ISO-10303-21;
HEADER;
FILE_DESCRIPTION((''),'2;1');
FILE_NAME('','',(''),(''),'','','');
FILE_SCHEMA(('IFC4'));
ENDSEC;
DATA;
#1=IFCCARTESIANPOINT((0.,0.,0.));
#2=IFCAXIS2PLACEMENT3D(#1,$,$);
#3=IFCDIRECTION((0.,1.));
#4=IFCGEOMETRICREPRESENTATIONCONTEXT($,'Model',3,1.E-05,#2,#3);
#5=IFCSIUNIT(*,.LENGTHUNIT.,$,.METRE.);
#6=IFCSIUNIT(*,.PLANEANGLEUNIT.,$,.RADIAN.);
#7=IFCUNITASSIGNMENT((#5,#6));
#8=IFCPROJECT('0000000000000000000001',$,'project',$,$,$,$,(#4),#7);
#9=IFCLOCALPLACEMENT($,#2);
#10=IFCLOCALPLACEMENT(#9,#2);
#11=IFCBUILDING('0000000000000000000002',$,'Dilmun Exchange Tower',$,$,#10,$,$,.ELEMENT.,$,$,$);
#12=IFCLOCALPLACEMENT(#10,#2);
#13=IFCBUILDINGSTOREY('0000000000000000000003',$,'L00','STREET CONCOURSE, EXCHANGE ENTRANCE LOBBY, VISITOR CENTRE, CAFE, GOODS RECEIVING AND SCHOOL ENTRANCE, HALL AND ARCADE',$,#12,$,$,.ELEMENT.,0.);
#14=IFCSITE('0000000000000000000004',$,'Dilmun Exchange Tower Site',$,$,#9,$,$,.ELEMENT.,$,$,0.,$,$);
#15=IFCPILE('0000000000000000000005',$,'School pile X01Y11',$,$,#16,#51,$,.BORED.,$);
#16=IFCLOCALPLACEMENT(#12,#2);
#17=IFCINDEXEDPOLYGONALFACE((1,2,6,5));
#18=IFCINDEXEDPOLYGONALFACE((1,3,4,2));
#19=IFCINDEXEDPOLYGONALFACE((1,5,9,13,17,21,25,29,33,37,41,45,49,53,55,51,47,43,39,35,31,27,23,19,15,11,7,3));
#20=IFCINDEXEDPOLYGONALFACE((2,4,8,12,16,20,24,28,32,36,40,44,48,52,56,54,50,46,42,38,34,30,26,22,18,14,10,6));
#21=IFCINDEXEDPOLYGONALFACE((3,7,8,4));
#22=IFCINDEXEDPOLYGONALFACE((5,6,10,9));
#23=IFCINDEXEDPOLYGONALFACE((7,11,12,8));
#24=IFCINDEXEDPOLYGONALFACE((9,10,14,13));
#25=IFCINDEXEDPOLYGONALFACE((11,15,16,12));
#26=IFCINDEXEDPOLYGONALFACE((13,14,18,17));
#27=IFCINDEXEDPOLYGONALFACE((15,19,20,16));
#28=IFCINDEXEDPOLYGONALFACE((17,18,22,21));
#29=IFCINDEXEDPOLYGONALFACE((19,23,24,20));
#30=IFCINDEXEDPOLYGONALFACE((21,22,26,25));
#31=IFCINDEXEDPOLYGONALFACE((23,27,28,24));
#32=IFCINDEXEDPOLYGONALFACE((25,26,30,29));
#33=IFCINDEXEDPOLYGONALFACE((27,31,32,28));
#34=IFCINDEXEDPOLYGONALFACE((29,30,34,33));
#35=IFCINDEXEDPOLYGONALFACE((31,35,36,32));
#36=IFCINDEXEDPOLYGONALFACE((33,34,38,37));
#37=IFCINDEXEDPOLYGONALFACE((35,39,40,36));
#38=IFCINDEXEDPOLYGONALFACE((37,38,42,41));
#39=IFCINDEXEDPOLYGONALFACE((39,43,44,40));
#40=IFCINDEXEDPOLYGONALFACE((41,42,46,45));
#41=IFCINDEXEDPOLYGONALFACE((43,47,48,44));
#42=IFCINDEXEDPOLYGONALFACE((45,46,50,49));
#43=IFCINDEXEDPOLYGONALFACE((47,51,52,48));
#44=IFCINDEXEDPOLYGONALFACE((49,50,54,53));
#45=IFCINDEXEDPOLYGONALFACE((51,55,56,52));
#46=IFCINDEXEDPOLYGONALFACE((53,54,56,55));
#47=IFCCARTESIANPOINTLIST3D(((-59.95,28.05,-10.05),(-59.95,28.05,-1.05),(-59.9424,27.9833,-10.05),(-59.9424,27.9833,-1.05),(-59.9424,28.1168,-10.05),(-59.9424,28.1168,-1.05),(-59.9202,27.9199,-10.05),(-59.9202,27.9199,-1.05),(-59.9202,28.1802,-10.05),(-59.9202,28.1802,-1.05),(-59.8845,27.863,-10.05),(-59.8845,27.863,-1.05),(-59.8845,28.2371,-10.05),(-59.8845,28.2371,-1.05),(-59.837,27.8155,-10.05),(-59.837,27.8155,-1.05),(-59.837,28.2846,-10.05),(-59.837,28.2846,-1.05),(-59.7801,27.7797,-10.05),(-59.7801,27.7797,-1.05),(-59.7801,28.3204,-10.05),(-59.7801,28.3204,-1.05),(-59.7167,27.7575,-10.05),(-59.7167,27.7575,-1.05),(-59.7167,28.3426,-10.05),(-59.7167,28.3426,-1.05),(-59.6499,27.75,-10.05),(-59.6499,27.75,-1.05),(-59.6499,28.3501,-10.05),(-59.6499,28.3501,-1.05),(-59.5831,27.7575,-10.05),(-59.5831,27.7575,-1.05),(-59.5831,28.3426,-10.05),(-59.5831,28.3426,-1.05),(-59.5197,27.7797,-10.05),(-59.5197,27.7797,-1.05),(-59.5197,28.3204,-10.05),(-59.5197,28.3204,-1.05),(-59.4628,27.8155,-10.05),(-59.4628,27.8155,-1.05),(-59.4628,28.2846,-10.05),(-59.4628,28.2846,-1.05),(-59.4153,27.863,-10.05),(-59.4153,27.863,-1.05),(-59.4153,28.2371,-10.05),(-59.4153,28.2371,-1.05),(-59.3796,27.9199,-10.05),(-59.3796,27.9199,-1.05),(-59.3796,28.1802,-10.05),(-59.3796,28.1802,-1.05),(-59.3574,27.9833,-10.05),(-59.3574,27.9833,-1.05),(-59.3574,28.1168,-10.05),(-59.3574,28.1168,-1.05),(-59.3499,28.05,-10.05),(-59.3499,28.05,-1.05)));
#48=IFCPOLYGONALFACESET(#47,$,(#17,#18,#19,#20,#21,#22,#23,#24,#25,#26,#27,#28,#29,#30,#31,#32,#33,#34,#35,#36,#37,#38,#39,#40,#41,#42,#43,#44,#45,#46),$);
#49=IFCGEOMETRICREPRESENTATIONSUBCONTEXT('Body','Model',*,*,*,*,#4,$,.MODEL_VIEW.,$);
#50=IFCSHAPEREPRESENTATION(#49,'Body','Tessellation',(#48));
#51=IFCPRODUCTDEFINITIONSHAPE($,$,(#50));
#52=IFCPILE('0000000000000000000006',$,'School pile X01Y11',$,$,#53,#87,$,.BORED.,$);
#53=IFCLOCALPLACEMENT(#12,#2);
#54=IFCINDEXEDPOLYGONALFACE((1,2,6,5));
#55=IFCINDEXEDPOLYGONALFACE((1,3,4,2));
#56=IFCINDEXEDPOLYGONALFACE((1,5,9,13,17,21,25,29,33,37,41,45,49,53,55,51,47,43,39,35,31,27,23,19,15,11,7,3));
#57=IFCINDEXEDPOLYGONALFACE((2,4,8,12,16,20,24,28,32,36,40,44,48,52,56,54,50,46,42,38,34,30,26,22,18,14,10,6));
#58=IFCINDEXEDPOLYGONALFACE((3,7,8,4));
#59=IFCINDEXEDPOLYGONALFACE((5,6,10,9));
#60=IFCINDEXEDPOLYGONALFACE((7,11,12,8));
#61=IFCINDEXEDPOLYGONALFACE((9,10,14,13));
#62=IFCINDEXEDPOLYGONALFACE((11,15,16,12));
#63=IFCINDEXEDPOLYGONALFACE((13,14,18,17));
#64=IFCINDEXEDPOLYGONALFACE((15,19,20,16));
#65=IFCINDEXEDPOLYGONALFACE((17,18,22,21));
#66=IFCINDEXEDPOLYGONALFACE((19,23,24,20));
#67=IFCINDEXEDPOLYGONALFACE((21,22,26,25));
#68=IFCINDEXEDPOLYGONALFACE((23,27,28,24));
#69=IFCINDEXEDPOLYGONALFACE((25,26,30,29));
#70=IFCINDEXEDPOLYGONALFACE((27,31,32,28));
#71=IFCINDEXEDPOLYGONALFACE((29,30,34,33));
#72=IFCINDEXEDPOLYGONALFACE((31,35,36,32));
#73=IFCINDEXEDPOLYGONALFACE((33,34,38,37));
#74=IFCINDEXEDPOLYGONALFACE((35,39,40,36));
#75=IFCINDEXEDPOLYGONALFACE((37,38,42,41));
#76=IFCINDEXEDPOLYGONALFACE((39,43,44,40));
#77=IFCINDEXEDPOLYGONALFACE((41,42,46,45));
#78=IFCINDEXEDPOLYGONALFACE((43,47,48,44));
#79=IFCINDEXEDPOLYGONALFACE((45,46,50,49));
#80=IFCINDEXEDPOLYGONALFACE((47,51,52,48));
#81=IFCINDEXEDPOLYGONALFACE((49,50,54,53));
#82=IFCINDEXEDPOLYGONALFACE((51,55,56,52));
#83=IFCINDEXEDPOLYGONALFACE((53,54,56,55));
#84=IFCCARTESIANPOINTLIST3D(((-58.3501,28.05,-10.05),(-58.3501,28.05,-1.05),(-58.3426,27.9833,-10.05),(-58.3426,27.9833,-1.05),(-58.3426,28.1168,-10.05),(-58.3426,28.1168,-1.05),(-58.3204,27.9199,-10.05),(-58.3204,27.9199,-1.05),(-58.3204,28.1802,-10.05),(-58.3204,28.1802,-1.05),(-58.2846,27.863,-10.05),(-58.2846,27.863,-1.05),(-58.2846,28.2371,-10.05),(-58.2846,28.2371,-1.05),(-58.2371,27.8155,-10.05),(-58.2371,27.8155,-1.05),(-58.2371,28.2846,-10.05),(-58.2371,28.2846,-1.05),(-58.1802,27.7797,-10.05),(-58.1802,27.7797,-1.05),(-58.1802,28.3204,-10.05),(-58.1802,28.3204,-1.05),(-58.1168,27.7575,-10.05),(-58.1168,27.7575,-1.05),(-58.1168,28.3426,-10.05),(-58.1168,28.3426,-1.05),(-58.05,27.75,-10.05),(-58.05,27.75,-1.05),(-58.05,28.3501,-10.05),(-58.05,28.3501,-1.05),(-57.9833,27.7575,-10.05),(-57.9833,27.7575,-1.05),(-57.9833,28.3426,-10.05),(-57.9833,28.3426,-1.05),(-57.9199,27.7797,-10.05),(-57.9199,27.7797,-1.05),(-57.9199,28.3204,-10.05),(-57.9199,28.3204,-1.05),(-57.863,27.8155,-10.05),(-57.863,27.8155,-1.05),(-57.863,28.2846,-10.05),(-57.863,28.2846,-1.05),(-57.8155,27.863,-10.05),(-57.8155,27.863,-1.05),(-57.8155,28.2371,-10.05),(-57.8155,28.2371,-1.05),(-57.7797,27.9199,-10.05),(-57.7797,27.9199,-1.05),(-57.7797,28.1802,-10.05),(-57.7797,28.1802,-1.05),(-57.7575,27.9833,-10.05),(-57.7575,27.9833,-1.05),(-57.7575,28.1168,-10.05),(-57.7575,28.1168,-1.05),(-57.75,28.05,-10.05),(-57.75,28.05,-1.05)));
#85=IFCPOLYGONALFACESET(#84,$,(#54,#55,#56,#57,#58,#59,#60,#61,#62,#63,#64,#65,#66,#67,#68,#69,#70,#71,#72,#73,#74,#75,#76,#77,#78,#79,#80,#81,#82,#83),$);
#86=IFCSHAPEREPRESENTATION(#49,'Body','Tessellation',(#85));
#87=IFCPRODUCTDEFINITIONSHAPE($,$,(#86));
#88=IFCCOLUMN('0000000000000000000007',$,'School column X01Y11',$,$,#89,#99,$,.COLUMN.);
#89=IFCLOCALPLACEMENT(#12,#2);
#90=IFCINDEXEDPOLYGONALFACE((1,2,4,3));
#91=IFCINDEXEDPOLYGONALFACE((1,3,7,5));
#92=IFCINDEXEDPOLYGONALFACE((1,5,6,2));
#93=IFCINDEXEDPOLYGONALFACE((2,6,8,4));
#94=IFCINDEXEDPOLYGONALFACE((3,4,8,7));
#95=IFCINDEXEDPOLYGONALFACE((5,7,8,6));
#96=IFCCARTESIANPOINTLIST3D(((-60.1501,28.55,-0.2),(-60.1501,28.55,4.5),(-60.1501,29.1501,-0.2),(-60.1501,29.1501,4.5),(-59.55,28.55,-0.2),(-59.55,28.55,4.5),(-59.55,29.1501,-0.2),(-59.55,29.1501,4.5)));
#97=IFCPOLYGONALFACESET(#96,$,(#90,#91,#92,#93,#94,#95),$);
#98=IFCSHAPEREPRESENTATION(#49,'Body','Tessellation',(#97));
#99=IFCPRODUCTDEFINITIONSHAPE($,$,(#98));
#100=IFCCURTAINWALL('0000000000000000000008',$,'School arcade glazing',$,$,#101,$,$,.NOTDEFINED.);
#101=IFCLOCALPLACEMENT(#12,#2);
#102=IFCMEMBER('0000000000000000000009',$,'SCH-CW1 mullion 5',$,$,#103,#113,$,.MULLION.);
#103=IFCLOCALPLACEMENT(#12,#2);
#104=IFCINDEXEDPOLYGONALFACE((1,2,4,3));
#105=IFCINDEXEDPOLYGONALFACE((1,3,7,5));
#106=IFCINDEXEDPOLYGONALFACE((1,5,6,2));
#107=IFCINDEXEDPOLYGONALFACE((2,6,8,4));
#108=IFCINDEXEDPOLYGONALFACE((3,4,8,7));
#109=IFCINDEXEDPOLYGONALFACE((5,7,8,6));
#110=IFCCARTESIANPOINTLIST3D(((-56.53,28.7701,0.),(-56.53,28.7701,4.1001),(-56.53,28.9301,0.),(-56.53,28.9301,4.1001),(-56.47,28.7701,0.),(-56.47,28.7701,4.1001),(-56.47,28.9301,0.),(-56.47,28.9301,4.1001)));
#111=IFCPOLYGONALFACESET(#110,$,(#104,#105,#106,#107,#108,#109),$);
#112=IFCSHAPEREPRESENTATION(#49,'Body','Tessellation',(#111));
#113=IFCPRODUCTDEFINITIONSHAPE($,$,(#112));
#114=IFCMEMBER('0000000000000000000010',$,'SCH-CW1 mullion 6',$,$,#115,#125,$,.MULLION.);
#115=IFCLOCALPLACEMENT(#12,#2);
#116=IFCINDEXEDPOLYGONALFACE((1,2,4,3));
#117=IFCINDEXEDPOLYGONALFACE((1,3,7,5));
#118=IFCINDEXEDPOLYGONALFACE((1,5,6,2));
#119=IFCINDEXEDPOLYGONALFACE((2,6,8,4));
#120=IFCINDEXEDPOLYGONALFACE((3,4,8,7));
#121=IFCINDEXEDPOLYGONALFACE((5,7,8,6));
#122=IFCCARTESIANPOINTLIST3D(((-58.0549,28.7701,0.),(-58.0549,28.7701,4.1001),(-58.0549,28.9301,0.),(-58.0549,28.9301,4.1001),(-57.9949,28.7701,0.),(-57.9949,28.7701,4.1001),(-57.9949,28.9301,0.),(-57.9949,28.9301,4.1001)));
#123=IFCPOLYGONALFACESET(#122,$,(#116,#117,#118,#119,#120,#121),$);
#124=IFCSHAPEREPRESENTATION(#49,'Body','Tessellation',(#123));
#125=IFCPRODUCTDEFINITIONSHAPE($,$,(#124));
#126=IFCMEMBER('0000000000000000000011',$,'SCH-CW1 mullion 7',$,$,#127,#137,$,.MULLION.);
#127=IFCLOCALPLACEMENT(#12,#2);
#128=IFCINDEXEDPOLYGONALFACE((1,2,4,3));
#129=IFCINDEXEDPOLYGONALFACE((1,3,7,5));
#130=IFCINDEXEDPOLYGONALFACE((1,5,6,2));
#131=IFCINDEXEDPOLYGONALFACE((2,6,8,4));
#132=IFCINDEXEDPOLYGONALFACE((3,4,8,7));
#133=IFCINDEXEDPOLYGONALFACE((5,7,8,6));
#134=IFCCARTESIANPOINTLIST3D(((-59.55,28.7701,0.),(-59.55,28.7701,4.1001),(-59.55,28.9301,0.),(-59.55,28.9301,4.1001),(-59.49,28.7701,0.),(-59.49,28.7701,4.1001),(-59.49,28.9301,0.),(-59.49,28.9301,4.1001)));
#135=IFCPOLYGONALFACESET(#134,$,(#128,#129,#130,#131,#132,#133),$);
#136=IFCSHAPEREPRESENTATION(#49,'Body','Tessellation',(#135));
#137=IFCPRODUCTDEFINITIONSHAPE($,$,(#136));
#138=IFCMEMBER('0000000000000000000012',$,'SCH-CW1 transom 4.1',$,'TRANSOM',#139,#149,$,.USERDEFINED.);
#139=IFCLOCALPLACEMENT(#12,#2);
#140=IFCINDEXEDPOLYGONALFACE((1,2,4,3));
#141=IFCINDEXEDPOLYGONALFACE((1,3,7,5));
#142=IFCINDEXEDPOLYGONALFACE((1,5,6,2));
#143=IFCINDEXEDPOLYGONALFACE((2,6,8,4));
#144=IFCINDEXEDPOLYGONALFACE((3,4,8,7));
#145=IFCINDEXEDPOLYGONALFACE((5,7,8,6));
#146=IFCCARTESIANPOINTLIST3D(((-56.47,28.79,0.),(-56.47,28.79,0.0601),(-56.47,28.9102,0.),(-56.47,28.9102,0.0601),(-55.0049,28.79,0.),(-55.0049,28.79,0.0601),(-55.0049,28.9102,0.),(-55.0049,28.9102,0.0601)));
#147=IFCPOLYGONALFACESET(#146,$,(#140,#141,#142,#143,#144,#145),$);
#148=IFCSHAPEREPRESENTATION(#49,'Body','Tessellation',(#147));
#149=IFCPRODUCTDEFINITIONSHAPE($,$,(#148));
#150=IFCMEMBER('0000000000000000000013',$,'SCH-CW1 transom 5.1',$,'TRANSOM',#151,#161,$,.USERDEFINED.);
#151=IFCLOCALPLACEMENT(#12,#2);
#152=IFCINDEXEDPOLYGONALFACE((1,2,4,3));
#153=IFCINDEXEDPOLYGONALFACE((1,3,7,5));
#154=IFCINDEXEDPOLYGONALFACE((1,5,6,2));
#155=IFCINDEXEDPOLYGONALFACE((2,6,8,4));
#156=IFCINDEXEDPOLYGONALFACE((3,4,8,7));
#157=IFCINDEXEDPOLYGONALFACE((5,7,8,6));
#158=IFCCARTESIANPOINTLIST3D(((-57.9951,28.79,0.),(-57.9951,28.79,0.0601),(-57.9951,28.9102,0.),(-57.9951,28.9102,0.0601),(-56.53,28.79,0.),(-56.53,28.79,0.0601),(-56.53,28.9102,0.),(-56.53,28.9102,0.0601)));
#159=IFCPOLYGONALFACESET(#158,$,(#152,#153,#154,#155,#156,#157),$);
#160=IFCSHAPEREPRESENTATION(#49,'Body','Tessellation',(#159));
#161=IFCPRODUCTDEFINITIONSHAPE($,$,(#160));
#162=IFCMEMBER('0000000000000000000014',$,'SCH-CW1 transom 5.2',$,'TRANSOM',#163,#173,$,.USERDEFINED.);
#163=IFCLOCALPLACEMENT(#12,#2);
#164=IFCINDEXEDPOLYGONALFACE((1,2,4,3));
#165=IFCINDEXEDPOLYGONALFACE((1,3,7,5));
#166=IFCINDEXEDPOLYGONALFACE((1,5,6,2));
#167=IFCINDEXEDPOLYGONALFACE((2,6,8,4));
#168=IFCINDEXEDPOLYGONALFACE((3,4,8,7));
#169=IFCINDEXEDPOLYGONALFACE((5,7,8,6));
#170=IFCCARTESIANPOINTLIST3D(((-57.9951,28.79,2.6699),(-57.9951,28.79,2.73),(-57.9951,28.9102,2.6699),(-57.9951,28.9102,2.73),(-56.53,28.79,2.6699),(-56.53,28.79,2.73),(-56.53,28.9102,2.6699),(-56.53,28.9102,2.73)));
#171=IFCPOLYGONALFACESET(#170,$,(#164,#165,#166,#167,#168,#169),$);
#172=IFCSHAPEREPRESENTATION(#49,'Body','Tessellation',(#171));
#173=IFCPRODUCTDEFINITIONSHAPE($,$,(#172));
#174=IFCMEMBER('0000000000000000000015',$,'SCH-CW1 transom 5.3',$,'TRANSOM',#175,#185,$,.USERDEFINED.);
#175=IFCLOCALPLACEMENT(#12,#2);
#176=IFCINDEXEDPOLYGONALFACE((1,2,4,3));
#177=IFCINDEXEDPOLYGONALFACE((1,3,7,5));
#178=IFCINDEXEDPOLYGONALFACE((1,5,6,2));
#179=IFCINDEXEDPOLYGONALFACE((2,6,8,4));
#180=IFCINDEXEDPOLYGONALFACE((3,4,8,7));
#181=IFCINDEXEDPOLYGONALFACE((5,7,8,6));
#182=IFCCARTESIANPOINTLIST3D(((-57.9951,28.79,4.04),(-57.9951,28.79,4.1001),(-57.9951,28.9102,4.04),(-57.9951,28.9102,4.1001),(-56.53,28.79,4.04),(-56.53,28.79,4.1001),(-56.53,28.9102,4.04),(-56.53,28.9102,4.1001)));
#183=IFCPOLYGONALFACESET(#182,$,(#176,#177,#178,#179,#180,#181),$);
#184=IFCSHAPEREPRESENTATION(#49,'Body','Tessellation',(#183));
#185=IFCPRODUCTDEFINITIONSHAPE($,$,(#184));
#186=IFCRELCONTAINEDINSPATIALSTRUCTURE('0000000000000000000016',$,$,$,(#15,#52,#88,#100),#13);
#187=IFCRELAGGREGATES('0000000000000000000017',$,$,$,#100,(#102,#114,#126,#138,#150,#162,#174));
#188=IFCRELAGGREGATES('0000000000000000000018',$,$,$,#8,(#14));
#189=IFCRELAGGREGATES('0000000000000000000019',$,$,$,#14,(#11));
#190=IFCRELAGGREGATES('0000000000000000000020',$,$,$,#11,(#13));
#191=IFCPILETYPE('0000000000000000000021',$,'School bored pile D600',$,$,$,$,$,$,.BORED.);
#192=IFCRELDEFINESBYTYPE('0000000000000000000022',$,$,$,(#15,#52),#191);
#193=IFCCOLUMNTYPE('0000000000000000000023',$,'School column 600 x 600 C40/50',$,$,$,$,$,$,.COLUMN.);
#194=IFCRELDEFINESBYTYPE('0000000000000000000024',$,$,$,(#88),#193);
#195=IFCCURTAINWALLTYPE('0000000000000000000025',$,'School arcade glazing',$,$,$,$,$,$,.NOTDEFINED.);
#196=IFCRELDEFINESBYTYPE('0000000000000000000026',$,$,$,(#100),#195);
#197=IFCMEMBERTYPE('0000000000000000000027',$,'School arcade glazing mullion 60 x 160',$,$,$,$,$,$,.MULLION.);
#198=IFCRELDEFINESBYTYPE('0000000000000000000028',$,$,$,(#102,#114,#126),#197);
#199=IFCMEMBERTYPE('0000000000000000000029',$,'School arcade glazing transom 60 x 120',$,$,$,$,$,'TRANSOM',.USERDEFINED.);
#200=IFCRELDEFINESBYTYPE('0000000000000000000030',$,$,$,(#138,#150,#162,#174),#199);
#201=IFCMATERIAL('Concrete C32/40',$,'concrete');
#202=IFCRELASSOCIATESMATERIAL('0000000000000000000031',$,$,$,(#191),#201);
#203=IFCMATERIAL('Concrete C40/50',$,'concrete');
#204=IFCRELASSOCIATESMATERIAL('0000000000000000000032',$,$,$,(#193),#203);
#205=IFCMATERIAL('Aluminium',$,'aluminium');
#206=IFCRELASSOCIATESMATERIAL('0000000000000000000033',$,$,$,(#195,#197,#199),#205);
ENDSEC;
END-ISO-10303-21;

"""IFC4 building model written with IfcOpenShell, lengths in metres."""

from ifc_helpers import new_model, si_unit, direction, frame, origin, origin_2d, place, context, subcontext, project, spatial, rectangle, circle, extrude, material, material_profile, profile_set, type_object, element, aggregate, save


model = new_model("IFC4")

# Units and contexts
model_context = context("Model", 3, precision=1e-05, world=origin(), true_north=direction((0.0, 1.0)))
body_context = subcontext(model_context, "Body", "Model", "MODEL_VIEW")
ifc_project = project(units=[si_unit("LENGTHUNIT", "METRE"), si_unit("PLANEANGLEUNIT", "RADIAN")], contexts=[model_context])

# Site, building, storey
site_placement = place(None, origin())
site = spatial("IfcSite", under=ifc_project, at=site_placement, Name="Dilmun Exchange Tower Site", CompositionType="ELEMENT", RefElevation=0.0)
building_placement = place(site_placement, origin())
building = spatial("IfcBuilding", under=site, at=building_placement, Name="Dilmun Exchange Tower", CompositionType="ELEMENT")
storey_placement = place(building_placement, origin())
storey = spatial("IfcBuildingStorey", under=building, at=storey_placement, Name="L00", Description="STREET CONCOURSE, EXCHANGE ENTRANCE LOBBY, VISITOR CENTRE, CAFE, GOODS RECEIVING AND SCHOOL ENTRANCE, HALL AND ARCADE", CompositionType="ELEMENT", Elevation=0.0)

# Piles
ifc_material_1 = material(Name="Concrete C32/40", Category="concrete")
ifc_material_profile_1 = material_profile(ifc_material_1, circle(Radius=0.3, at=origin_2d()), Name="D600")
ifc_profile_set_1 = profile_set([ifc_material_profile_1], Name="Concrete C32/40")
pile_type = type_object("IfcPileType", Name="School bored pile D600", PredefinedType="BORED", material=ifc_profile_set_1)
for number, where, z_axis, x_axis, name in (
    (1, (-59.6499, 28.05, -1.05), (0.0, 0.0, -1.0), (1.0, 0.0, 0.0), "School pile X01Y11"),
    (2, (-58.05, 28.05, -1.05), (0.0, 0.0, -1.0), (1.0, 0.0, 0.0), "School pile X01Y11"),
):
    element("IfcPile", number, at=place(storey_placement, frame(where, z_axis=z_axis, x_axis=x_axis)), inside=storey, type_object=pile_type, Name=name, PredefinedType="BORED", context=body_context, shape_type="SweptSolid", body=[
        extrude(circle(Radius=0.3, at=origin_2d()), origin(), (0.0, 0.0, 1.0), 9.0),
    ])

# Column
ifc_material_2 = material(Name="Concrete C40/50", Category="concrete")
ifc_material_profile_2 = material_profile(ifc_material_2, rectangle(XDim=0.6001, YDim=0.6001, at=origin_2d()), Name="600 x 600")
ifc_profile_set_2 = profile_set([ifc_material_profile_2], Name="Concrete C40/50")
column_type = type_object("IfcColumnType", Name="School column 600 x 600 C40/50", PredefinedType="COLUMN", material=ifc_profile_set_2)
column_placement = place(storey_placement, frame((-59.8501, 28.8501, -0.2), z_axis=(0.0, 0.0, 1.0), x_axis=(1.0, 0.0, 0.0)))
element("IfcColumn", 3, at=column_placement, inside=storey, type_object=column_type, Name="School column X01Y11", PredefinedType="COLUMN", context=body_context, shape_type="SweptSolid", body=[
    extrude(rectangle(XDim=0.6001, YDim=0.6001, at=origin_2d()), origin(), (0.0, 0.0, 1.0), 4.7),
])

# Curtain wall, members
ifc_material_3 = material(Name="Aluminium", Category="aluminium")
curtain_wall_type = type_object("IfcCurtainWallType", Name="School arcade glazing", PredefinedType="NOTDEFINED", material=ifc_material_3)
curtain_wall_placement = place(storey_placement, origin())
curtain_wall = element("IfcCurtainWall", 4, at=curtain_wall_placement, inside=storey, type_object=curtain_wall_type, Name="School arcade glazing", PredefinedType="NOTDEFINED")
ifc_material_profile_3 = material_profile(ifc_material_3, rectangle(XDim=0.1599, YDim=0.0601, at=origin_2d()), Name="60 x 160")
ifc_profile_set_3 = profile_set([ifc_material_profile_3], Name="Aluminium")
member_type_1 = type_object("IfcMemberType", Name="School arcade glazing mullion 60 x 160", PredefinedType="MULLION", material=ifc_profile_set_3)
member_1_placement = place(storey_placement, frame((-56.5, 28.8501, 0.0), z_axis=(0.0, 0.0, 1.0), x_axis=(0.0, -1.0, 0.0)))
member_1 = element("IfcMember", 5, at=member_1_placement, type_object=member_type_1, Name="SCH-CW1 mullion 5", PredefinedType="MULLION", context=body_context, shape_type="SweptSolid", body=[
    extrude(rectangle(XDim=0.1599, YDim=0.0601, at=origin_2d()), origin(), (0.0, 0.0, 1.0), 4.1001),
])
member_2_placement = place(storey_placement, frame((-58.0249, 28.8501, 0.0), z_axis=(0.0, 0.0, 1.0), x_axis=(0.0, -1.0, 0.0)))
member_2 = element("IfcMember", 6, at=member_2_placement, type_object=member_type_1, Name="SCH-CW1 mullion 6", PredefinedType="MULLION", context=body_context, shape_type="SweptSolid", body=[
    extrude(rectangle(XDim=0.1599, YDim=0.0601, at=origin_2d()), origin(), (0.0, 0.0, 1.0), 4.1001),
])
member_3_placement = place(storey_placement, frame((-59.52, 28.8501, 0.0), z_axis=(0.0, 0.0, 1.0), x_axis=(0.0, -1.0, 0.0)))
member_3 = element("IfcMember", 7, at=member_3_placement, type_object=member_type_1, Name="SCH-CW1 mullion 7", PredefinedType="MULLION", context=body_context, shape_type="SweptSolid", body=[
    extrude(rectangle(XDim=0.1599, YDim=0.0601, at=origin_2d()), origin(), (0.0, 0.0, 1.0), 4.1001),
])
ifc_material_profile_4 = material_profile(ifc_material_3, rectangle(XDim=0.1201, YDim=0.0601, at=origin_2d()), Name="60 x 120")
ifc_profile_set_4 = profile_set([ifc_material_profile_4], Name="Aluminium")
member_type_2 = type_object("IfcMemberType", Name="School arcade glazing transom 60 x 120", ElementType="TRANSOM", PredefinedType="USERDEFINED", material=ifc_profile_set_4)
member_4_placement = place(storey_placement, frame((-55.0049, 28.8501, 0.03), z_axis=(-1.0, 0.0, 0.0), x_axis=(0.0, -1.0, 0.0)))
member_4 = element("IfcMember", 8, at=member_4_placement, type_object=member_type_2, Name="SCH-CW1 transom 4.1", ObjectType="TRANSOM", PredefinedType="USERDEFINED", context=body_context, shape_type="SweptSolid", body=[
    extrude(rectangle(XDim=0.1201, YDim=0.0601, at=origin_2d()), origin(), (0.0, 0.0, 1.0), 1.4651),
])
member_5_placement = place(storey_placement, frame((-56.53, 28.8501, 0.03), z_axis=(-1.0, 0.0, 0.0), x_axis=(0.0, -1.0, 0.0)))
member_5 = element("IfcMember", 9, at=member_5_placement, type_object=member_type_2, Name="SCH-CW1 transom 5.1", ObjectType="TRANSOM", PredefinedType="USERDEFINED", context=body_context, shape_type="SweptSolid", body=[
    extrude(rectangle(XDim=0.1201, YDim=0.0601, at=origin_2d()), origin(), (0.0, 0.0, 1.0), 1.4651),
])
member_6_placement = place(storey_placement, frame((-56.53, 28.8501, 2.7), z_axis=(-1.0, 0.0, 0.0), x_axis=(0.0, -1.0, 0.0)))
member_6 = element("IfcMember", 10, at=member_6_placement, type_object=member_type_2, Name="SCH-CW1 transom 5.2", ObjectType="TRANSOM", PredefinedType="USERDEFINED", context=body_context, shape_type="SweptSolid", body=[
    extrude(rectangle(XDim=0.1201, YDim=0.0601, at=origin_2d()), origin(), (0.0, 0.0, 1.0), 1.4651),
])
member_7_placement = place(storey_placement, frame((-56.53, 28.8501, 4.0701), z_axis=(-1.0, 0.0, 0.0), x_axis=(0.0, -1.0, 0.0)))
member_7 = element("IfcMember", 11, at=member_7_placement, type_object=member_type_2, Name="SCH-CW1 transom 5.3", ObjectType="TRANSOM", PredefinedType="USERDEFINED", context=body_context, shape_type="SweptSolid", body=[
    extrude(rectangle(XDim=0.1201, YDim=0.0601, at=origin_2d()), origin(), (0.0, 0.0, 1.0), 1.4651),
])
aggregate(curtain_wall, [member_1, member_2, member_3, member_4, member_5, member_6, member_7])

save(model, "model.ifc")
